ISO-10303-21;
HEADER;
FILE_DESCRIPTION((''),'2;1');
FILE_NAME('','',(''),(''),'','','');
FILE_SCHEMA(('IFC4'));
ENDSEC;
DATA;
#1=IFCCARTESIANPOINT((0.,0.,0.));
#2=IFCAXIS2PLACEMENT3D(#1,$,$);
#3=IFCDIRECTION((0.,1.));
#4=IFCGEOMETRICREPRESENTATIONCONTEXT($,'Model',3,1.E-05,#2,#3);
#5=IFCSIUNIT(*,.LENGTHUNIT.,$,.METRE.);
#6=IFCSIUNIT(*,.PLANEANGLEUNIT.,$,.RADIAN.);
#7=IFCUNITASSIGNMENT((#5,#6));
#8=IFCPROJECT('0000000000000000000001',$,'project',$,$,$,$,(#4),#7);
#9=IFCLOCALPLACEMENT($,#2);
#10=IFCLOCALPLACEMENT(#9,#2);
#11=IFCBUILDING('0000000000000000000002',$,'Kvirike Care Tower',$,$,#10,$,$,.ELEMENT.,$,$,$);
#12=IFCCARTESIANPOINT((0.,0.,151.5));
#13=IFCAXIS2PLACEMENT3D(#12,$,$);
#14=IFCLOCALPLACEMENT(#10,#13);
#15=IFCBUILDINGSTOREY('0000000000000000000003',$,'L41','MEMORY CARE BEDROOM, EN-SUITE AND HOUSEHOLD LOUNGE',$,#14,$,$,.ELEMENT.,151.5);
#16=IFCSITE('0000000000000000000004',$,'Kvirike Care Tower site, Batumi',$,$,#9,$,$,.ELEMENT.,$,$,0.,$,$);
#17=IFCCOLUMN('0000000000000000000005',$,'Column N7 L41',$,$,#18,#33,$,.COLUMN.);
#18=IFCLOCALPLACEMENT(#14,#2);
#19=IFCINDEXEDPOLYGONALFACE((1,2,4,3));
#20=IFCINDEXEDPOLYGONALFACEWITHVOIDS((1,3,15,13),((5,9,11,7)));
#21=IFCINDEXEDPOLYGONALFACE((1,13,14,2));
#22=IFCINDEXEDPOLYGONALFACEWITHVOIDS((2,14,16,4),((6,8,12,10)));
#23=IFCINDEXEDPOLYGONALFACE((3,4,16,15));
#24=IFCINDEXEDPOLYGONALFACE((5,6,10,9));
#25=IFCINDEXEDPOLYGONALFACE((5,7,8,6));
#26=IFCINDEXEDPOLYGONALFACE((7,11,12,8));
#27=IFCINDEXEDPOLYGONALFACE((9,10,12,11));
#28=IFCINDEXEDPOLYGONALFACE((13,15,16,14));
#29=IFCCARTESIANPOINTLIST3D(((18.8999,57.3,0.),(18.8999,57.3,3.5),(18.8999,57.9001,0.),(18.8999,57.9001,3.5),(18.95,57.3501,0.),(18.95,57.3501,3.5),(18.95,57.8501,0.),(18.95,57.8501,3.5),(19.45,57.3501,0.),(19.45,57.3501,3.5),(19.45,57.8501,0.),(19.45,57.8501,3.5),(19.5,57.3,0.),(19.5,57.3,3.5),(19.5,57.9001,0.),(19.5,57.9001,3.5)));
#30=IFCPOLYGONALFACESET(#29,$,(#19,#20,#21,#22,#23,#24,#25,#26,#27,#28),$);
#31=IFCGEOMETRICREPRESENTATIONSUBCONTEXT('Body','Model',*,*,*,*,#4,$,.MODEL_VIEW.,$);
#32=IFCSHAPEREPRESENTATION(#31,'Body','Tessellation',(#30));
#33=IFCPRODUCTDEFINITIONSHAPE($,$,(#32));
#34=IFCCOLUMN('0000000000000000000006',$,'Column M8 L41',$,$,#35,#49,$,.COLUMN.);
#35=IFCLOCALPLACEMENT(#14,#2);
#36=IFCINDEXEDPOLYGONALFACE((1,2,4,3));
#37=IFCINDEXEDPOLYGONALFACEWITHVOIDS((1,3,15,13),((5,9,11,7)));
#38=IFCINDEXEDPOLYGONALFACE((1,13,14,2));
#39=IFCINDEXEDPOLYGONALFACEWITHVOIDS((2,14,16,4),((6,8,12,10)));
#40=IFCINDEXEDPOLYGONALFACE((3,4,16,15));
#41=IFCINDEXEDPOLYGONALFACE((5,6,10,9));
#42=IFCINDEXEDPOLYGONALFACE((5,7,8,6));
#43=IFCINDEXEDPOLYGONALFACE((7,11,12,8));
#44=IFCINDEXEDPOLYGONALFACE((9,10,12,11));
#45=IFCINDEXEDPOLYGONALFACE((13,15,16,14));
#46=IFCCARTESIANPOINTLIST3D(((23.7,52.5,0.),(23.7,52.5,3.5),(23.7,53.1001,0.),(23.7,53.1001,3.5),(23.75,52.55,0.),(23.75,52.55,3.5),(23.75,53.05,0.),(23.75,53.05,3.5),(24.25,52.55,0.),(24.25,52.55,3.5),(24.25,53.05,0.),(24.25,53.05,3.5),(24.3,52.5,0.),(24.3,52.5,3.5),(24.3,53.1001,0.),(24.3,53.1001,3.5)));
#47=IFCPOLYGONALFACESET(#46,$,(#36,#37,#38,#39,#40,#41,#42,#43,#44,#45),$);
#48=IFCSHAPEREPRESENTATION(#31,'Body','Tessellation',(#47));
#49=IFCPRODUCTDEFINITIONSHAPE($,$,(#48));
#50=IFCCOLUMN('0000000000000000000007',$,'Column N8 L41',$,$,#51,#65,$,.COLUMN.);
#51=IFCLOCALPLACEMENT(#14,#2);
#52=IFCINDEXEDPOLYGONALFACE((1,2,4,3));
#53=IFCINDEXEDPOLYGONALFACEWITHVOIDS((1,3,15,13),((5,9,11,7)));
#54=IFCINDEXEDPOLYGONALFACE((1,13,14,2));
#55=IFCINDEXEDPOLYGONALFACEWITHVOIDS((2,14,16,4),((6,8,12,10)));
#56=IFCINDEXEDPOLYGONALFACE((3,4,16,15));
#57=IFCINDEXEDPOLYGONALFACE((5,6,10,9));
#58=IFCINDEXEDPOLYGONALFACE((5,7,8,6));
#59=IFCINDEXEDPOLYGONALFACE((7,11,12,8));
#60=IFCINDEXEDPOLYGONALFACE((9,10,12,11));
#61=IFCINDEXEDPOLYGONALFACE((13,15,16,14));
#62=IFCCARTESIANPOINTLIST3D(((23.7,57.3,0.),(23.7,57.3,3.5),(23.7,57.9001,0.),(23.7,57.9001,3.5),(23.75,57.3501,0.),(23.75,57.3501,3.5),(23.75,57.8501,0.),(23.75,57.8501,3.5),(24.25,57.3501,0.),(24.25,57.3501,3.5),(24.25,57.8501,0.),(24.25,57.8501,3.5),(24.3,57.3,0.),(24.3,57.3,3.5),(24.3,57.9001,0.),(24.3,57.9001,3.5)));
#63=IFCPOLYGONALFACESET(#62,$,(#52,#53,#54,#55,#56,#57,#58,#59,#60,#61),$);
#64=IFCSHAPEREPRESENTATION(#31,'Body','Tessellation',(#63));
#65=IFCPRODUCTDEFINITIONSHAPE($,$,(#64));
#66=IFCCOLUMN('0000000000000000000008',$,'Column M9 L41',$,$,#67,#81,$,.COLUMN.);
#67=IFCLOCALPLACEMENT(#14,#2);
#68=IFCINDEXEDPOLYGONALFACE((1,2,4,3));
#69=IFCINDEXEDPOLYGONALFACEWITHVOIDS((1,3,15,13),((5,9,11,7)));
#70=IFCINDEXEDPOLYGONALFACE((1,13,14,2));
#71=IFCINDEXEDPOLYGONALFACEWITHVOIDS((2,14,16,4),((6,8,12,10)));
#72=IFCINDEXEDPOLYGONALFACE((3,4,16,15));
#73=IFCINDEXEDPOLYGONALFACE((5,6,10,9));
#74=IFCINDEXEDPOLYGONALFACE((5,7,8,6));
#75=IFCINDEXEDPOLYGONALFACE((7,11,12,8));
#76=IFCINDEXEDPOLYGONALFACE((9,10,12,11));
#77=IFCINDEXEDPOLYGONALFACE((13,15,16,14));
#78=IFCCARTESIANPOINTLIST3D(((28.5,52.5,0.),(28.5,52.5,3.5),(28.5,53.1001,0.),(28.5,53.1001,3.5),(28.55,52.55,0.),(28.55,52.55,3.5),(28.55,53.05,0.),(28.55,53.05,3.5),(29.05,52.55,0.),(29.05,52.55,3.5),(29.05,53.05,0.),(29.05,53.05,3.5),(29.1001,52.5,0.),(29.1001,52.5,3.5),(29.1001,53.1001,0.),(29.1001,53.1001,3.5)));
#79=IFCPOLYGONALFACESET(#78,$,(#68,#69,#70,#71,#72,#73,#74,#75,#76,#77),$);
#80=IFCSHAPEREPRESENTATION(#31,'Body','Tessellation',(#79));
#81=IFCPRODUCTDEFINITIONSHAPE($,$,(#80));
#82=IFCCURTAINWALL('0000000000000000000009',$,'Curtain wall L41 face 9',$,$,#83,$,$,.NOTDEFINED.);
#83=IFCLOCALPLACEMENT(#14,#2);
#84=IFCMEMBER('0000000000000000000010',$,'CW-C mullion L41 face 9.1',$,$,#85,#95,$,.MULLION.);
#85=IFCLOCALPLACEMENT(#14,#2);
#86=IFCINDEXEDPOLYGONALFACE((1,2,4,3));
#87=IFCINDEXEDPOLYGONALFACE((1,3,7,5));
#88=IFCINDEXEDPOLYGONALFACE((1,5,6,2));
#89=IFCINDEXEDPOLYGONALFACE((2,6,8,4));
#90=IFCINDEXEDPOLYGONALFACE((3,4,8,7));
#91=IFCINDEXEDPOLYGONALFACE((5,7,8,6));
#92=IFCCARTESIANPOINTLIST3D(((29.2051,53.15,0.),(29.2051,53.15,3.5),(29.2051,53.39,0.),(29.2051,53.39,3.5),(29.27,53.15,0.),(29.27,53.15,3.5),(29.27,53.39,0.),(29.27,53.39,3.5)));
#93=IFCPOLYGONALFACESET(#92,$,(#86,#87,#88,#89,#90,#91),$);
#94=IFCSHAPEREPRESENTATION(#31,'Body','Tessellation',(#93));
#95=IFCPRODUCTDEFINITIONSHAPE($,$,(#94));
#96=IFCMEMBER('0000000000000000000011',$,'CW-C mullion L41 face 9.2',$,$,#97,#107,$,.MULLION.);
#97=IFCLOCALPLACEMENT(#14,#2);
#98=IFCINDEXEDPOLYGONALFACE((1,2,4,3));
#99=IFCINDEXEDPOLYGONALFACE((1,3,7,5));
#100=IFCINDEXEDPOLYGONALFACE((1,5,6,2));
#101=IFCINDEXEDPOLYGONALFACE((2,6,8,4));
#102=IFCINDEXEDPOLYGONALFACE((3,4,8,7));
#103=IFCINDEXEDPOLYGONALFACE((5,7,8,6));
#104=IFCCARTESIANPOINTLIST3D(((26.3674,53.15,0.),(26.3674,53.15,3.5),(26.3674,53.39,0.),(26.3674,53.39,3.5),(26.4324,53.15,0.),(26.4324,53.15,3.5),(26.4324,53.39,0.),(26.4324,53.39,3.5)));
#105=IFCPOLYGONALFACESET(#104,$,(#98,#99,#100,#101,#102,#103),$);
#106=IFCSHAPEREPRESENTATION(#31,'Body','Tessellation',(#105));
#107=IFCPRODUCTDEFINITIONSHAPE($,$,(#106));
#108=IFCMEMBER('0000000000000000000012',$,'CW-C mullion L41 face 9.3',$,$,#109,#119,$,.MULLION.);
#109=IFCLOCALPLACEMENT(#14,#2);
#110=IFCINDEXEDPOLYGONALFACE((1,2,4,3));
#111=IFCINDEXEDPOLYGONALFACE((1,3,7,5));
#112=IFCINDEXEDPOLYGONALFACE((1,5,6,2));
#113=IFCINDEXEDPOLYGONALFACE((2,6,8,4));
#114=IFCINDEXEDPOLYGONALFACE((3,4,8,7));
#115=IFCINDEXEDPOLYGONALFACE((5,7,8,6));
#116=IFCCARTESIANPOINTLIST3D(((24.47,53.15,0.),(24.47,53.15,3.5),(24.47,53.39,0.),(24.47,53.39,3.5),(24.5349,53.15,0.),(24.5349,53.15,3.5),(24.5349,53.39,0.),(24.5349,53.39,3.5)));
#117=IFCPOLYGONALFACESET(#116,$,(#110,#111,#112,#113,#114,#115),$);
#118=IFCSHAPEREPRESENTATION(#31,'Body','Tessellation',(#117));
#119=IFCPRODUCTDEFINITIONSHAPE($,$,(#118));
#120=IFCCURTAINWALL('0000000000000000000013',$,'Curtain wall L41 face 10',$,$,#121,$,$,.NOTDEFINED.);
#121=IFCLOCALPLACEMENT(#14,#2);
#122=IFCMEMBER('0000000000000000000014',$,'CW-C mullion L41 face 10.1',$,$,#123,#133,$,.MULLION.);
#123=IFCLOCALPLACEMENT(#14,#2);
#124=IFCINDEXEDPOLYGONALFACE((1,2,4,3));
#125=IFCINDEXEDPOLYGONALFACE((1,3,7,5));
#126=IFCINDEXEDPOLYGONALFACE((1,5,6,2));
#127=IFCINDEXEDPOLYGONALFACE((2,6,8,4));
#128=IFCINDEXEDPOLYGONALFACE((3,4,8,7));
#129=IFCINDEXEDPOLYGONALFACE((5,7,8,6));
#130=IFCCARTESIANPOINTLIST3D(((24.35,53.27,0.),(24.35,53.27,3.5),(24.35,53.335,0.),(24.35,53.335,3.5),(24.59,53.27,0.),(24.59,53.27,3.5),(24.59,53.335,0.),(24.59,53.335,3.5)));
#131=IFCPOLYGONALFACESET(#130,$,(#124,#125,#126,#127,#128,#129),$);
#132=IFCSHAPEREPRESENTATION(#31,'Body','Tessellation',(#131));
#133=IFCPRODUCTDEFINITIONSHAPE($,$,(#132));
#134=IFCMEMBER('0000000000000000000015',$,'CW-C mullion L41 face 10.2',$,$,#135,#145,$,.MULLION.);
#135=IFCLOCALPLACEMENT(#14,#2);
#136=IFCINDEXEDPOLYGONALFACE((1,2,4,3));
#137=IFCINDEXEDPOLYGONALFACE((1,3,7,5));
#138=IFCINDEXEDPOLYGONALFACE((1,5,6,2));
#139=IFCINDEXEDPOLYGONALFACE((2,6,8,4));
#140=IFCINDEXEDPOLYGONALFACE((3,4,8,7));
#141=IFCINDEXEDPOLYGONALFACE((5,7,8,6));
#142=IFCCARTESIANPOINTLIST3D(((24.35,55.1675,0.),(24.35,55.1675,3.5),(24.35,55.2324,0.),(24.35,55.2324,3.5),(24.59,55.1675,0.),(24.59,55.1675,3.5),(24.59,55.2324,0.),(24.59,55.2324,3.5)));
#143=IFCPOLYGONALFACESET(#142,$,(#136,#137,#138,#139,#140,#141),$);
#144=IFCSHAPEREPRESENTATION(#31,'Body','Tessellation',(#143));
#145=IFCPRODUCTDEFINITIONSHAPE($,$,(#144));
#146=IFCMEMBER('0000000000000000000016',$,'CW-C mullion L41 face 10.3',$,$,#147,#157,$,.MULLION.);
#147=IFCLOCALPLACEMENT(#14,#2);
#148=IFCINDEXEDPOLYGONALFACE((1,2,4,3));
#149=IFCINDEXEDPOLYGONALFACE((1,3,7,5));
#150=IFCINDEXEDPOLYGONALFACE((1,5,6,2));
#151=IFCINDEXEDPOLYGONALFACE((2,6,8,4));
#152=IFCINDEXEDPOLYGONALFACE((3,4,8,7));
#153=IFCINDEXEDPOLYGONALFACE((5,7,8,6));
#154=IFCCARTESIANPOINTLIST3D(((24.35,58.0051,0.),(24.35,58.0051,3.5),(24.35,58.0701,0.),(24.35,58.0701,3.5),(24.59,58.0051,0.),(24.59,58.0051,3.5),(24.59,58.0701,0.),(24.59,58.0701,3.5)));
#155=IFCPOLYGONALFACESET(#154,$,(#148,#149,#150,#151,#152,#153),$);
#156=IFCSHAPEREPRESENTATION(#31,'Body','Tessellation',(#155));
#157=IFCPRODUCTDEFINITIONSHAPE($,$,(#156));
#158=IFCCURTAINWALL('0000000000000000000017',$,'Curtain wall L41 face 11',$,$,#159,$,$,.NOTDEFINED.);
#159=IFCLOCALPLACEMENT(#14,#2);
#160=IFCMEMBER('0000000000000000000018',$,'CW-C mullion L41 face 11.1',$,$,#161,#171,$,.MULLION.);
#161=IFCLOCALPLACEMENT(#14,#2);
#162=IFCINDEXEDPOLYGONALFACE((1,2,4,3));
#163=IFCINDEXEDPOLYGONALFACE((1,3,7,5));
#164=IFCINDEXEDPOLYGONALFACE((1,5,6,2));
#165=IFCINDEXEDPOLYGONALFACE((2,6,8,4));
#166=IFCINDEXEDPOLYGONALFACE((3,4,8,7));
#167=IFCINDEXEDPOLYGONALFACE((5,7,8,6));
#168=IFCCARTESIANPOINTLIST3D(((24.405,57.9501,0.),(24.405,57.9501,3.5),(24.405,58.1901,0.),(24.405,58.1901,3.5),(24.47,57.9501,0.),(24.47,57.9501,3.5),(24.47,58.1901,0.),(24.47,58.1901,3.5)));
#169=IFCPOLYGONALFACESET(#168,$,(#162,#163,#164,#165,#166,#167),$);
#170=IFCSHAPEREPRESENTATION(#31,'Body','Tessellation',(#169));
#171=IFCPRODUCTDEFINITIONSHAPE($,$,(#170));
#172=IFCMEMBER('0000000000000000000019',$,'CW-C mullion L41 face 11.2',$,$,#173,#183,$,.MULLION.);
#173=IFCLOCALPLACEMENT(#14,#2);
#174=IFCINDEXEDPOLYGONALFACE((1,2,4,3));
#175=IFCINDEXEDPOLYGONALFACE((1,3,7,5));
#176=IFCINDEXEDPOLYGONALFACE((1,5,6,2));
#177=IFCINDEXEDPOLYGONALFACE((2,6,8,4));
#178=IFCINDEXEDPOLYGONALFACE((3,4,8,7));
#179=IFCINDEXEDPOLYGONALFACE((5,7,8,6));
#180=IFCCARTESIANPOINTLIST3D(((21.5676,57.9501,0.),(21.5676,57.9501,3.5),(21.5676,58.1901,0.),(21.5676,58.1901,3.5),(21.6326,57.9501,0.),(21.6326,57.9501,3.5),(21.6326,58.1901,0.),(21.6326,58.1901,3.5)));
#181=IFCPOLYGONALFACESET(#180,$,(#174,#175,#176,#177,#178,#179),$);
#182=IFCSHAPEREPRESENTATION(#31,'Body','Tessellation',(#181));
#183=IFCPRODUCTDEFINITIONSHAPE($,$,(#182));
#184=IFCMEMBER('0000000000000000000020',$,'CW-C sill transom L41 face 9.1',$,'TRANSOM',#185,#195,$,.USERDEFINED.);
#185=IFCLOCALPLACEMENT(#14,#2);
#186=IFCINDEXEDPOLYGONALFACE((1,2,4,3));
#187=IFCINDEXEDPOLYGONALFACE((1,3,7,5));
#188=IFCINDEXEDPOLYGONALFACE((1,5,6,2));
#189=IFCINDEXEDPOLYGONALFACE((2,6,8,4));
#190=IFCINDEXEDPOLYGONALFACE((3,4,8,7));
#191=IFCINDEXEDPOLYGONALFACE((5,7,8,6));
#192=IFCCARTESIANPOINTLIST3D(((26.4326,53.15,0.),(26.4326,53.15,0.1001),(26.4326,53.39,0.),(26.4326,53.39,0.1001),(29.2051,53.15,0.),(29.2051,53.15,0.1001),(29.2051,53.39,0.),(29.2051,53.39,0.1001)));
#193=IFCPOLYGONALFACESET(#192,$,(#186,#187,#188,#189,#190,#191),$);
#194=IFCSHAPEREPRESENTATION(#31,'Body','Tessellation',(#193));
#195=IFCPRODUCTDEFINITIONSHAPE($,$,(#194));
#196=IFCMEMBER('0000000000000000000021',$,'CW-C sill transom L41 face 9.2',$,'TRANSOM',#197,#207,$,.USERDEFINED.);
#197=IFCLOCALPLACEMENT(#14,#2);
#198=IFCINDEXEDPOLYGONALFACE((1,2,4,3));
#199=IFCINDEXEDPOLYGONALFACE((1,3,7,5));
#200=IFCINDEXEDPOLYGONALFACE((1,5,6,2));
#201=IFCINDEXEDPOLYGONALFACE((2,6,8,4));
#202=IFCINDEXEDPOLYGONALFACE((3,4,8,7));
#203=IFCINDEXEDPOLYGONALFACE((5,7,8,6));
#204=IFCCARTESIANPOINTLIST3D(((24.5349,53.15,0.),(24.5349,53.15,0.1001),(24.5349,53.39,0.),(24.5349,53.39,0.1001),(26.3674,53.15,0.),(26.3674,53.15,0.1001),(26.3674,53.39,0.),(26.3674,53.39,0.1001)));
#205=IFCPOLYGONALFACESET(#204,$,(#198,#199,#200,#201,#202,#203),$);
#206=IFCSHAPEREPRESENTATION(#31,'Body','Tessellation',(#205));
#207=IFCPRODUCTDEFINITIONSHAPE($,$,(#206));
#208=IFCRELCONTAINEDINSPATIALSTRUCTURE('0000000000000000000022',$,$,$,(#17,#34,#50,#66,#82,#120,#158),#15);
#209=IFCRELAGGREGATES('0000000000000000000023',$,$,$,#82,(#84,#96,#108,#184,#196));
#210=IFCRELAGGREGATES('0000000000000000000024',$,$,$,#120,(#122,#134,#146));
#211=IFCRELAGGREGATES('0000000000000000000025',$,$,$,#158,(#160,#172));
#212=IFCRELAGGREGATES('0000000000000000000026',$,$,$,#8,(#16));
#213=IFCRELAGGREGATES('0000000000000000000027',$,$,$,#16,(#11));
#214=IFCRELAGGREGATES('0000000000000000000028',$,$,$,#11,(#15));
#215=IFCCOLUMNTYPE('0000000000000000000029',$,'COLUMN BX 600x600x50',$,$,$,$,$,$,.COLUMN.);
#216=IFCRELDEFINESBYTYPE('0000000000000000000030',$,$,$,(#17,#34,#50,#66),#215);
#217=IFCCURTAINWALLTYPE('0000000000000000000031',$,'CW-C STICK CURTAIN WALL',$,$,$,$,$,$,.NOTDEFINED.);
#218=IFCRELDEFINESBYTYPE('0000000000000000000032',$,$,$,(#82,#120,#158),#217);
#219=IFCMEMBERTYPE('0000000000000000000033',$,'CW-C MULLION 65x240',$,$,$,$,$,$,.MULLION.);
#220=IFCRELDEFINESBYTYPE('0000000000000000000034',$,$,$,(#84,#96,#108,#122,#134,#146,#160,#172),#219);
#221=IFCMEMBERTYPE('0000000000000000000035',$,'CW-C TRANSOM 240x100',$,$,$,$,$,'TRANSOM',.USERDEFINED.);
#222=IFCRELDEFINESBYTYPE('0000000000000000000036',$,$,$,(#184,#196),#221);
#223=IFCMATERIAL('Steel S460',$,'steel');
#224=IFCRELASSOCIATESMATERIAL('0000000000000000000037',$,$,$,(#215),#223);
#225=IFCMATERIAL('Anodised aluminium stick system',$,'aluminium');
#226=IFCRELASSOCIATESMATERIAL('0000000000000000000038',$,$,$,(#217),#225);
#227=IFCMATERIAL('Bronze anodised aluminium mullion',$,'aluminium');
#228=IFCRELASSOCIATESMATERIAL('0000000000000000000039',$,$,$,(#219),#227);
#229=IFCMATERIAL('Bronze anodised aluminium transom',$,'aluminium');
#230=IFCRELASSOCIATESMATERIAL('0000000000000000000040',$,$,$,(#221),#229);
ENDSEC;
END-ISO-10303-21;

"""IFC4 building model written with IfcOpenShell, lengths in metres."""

from ifc_helpers import new_model, si_unit, direction, frame, origin, origin_2d, place, context, subcontext, project, spatial, rectangle, hollow_rectangle, extrude, material, material_profile, profile_set, type_object, element, aggregate, save


model = new_model("IFC4")

# Units and contexts
model_context = context("Model", 3, precision=1e-05, world=origin(), true_north=direction((0.0, 1.0)))
body_context = subcontext(model_context, "Body", "Model", "MODEL_VIEW")
ifc_project = project(units=[si_unit("LENGTHUNIT", "METRE"), si_unit("PLANEANGLEUNIT", "RADIAN")], contexts=[model_context])

# Site, building, storey
site_placement = place(None, origin())
site = spatial("IfcSite", under=ifc_project, at=site_placement, Name="Kvirike Care Tower site, Batumi", CompositionType="ELEMENT", RefElevation=0.0)
building_placement = place(site_placement, origin())
building = spatial("IfcBuilding", under=site, at=building_placement, Name="Kvirike Care Tower", CompositionType="ELEMENT")
storey_placement = place(building_placement, frame((0.0, 0.0, 151.5)))
storey = spatial("IfcBuildingStorey", under=building, at=storey_placement, Name="L41", Description="MEMORY CARE BEDROOM, EN-SUITE AND HOUSEHOLD LOUNGE", CompositionType="ELEMENT", Elevation=151.5)

# Columns
ifc_material_1 = material(Name="Steel S460", Category="steel")
ifc_material_profile_1 = material_profile(ifc_material_1, hollow_rectangle(XDim=0.6001, YDim=0.6001, WallThickness=0.05, at=origin_2d()), Name="BX 600x600x50")
ifc_profile_set_1 = profile_set([ifc_material_profile_1], Name="Steel S460")
column_type = type_object("IfcColumnType", Name="COLUMN BX 600x600x50", PredefinedType="COLUMN", material=ifc_profile_set_1)
for number, where, z_axis, x_axis, name in (
    (1, (19.2, 57.6001, 0.0), (0.0, 0.0, 1.0), (0.0, 1.0, 0.0), "Column N7 L41"),
    (2, (24.0, 52.8, 0.0), (0.0, 0.0, 1.0), (0.0, 1.0, 0.0), "Column M8 L41"),
    (3, (24.0, 57.6001, 0.0), (0.0, 0.0, 1.0), (0.0, 1.0, 0.0), "Column N8 L41"),
    (4, (28.8, 52.8, 0.0), (0.0, 0.0, 1.0), (0.0, 1.0, 0.0), "Column M9 L41"),
):
    element("IfcColumn", number, at=place(storey_placement, frame(where, z_axis=z_axis, x_axis=x_axis)), inside=storey, type_object=column_type, Name=name, PredefinedType="COLUMN", context=body_context, shape_type="SweptSolid", body=[
        extrude(hollow_rectangle(XDim=0.6001, YDim=0.6001, WallThickness=0.05, at=origin_2d()), origin(), (0.0, 0.0, 1.0), 3.5),
    ])

# Curtain walls, members
ifc_material_2 = material(Name="Anodised aluminium stick system", Category="aluminium")
curtain_wall_type = type_object("IfcCurtainWallType", Name="CW-C STICK CURTAIN WALL", PredefinedType="NOTDEFINED", material=ifc_material_2)
curtain_wall_1_placement = place(storey_placement, origin())
curtain_wall_1 = element("IfcCurtainWall", 5, at=curtain_wall_1_placement, inside=storey, type_object=curtain_wall_type, Name="Curtain wall L41 face 9", PredefinedType="NOTDEFINED")
ifc_material_3 = material(Name="Bronze anodised aluminium mullion", Category="aluminium")
ifc_material_profile_2 = material_profile(ifc_material_3, rectangle(XDim=0.0649, YDim=0.24, at=origin_2d()), Name="CW-C MULLION 65x240")
ifc_profile_set_2 = profile_set([ifc_material_profile_2], Name="Bronze anodised aluminium mullion")
member_type_1 = type_object("IfcMemberType", Name="CW-C MULLION 65x240", PredefinedType="MULLION", material=ifc_profile_set_2)
member_1_placement = place(storey_placement, frame((29.2375, 53.27, 0.0), z_axis=(0.0, 0.0, 1.0), x_axis=(-1.0, 0.0, 0.0)))
member_1 = element("IfcMember", 6, at=member_1_placement, type_object=member_type_1, Name="CW-C mullion L41 face 9.1", PredefinedType="MULLION", context=body_context, shape_type="SweptSolid", body=[
    extrude(rectangle(XDim=0.0649, YDim=0.24, at=origin_2d()), origin(), (0.0, 0.0, 1.0), 3.5),
])
member_2_placement = place(storey_placement, frame((26.3999, 53.27, 0.0), z_axis=(0.0, 0.0, 1.0), x_axis=(-1.0, 0.0, 0.0)))
member_2 = element("IfcMember", 7, at=member_2_placement, type_object=member_type_1, Name="CW-C mullion L41 face 9.2", PredefinedType="MULLION", context=body_context, shape_type="SweptSolid", body=[
    extrude(rectangle(XDim=0.0649, YDim=0.24, at=origin_2d()), origin(), (0.0, 0.0, 1.0), 3.5),
])
member_3_placement = place(storey_placement, frame((24.5024, 53.27, 0.0), z_axis=(0.0, 0.0, 1.0), x_axis=(-1.0, 0.0, 0.0)))
member_3 = element("IfcMember", 8, at=member_3_placement, type_object=member_type_1, Name="CW-C mullion L41 face 9.3", PredefinedType="MULLION", context=body_context, shape_type="SweptSolid", body=[
    extrude(rectangle(XDim=0.0649, YDim=0.24, at=origin_2d()), origin(), (0.0, 0.0, 1.0), 3.5),
])
curtain_wall_2_placement = place(storey_placement, origin())
curtain_wall_2 = element("IfcCurtainWall", 9, at=curtain_wall_2_placement, inside=storey, type_object=curtain_wall_type, Name="Curtain wall L41 face 10", PredefinedType="NOTDEFINED")
member_4_placement = place(storey_placement, frame((24.47, 53.3025, 0.0), z_axis=(0.0, 0.0, 1.0), x_axis=(0.0, 1.0, 0.0)))
member_4 = element("IfcMember", 10, at=member_4_placement, type_object=member_type_1, Name="CW-C mullion L41 face 10.1", PredefinedType="MULLION", context=body_context, shape_type="SweptSolid", body=[
    extrude(rectangle(XDim=0.0649, YDim=0.24, at=origin_2d()), origin(), (0.0, 0.0, 1.0), 3.5),
])
member_5_placement = place(storey_placement, frame((24.47, 55.2, 0.0), z_axis=(0.0, 0.0, 1.0), x_axis=(0.0, 1.0, 0.0)))
member_5 = element("IfcMember", 11, at=member_5_placement, type_object=member_type_1, Name="CW-C mullion L41 face 10.2", PredefinedType="MULLION", context=body_context, shape_type="SweptSolid", body=[
    extrude(rectangle(XDim=0.0649, YDim=0.24, at=origin_2d()), origin(), (0.0, 0.0, 1.0), 3.5),
])
member_6_placement = place(storey_placement, frame((24.47, 58.0376, 0.0), z_axis=(0.0, 0.0, 1.0), x_axis=(0.0, 1.0, 0.0)))
member_6 = element("IfcMember", 12, at=member_6_placement, type_object=member_type_1, Name="CW-C mullion L41 face 10.3", PredefinedType="MULLION", context=body_context, shape_type="SweptSolid", body=[
    extrude(rectangle(XDim=0.0649, YDim=0.24, at=origin_2d()), origin(), (0.0, 0.0, 1.0), 3.5),
])
curtain_wall_3_placement = place(storey_placement, origin())
curtain_wall_3 = element("IfcCurtainWall", 13, at=curtain_wall_3_placement, inside=storey, type_object=curtain_wall_type, Name="Curtain wall L41 face 11", PredefinedType="NOTDEFINED")
member_7_placement = place(storey_placement, frame((24.4375, 58.0701, 0.0), z_axis=(0.0, 0.0, 1.0), x_axis=(-1.0, 0.0, 0.0)))
member_7 = element("IfcMember", 14, at=member_7_placement, type_object=member_type_1, Name="CW-C mullion L41 face 11.1", PredefinedType="MULLION", context=body_context, shape_type="SweptSolid", body=[
    extrude(rectangle(XDim=0.0649, YDim=0.24, at=origin_2d()), origin(), (0.0, 0.0, 1.0), 3.5),
])
member_8_placement = place(storey_placement, frame((21.6001, 58.0701, 0.0), z_axis=(0.0, 0.0, 1.0), x_axis=(-1.0, 0.0, 0.0)))
member_8 = element("IfcMember", 15, at=member_8_placement, type_object=member_type_1, Name="CW-C mullion L41 face 11.2", PredefinedType="MULLION", context=body_context, shape_type="SweptSolid", body=[
    extrude(rectangle(XDim=0.0649, YDim=0.24, at=origin_2d()), origin(), (0.0, 0.0, 1.0), 3.5),
])

# Members
ifc_material_4 = material(Name="Bronze anodised aluminium transom", Category="aluminium")
ifc_material_profile_3 = material_profile(ifc_material_4, rectangle(XDim=0.24, YDim=0.1001, at=origin_2d()), Name="CW-C TRANSOM 240x100")
ifc_profile_set_3 = profile_set([ifc_material_profile_3], Name="Bronze anodised aluminium transom")
member_type_2 = type_object("IfcMemberType", Name="CW-C TRANSOM 240x100", ElementType="TRANSOM", PredefinedType="USERDEFINED", material=ifc_profile_set_3)
member_9_placement = place(storey_placement, frame((29.2051, 53.27, 0.05), z_axis=(-1.0, 0.0, 0.0), x_axis=(0.0, -1.0, 0.0)))
member_9 = element("IfcMember", 16, at=member_9_placement, type_object=member_type_2, Name="CW-C sill transom L41 face 9.1", ObjectType="TRANSOM", PredefinedType="USERDEFINED", context=body_context, shape_type="SweptSolid", body=[
    extrude(rectangle(XDim=0.24, YDim=0.1001, at=origin_2d()), origin(), (0.0, 0.0, 1.0), 2.7725),
])
member_10_placement = place(storey_placement, frame((26.3674, 53.27, 0.05), z_axis=(-1.0, 0.0, 0.0), x_axis=(0.0, -1.0, 0.0)))
member_10 = element("IfcMember", 17, at=member_10_placement, type_object=member_type_2, Name="CW-C sill transom L41 face 9.2", ObjectType="TRANSOM", PredefinedType="USERDEFINED", context=body_context, shape_type="SweptSolid", body=[
    extrude(rectangle(XDim=0.24, YDim=0.1001, at=origin_2d()), origin(), (0.0, 0.0, 1.0), 1.8325),
])

aggregate(curtain_wall_1, [member_1, member_2, member_3, member_9, member_10])
aggregate(curtain_wall_2, [member_4, member_5, member_6])
aggregate(curtain_wall_3, [member_7, member_8])

save(model, "model.ifc")
